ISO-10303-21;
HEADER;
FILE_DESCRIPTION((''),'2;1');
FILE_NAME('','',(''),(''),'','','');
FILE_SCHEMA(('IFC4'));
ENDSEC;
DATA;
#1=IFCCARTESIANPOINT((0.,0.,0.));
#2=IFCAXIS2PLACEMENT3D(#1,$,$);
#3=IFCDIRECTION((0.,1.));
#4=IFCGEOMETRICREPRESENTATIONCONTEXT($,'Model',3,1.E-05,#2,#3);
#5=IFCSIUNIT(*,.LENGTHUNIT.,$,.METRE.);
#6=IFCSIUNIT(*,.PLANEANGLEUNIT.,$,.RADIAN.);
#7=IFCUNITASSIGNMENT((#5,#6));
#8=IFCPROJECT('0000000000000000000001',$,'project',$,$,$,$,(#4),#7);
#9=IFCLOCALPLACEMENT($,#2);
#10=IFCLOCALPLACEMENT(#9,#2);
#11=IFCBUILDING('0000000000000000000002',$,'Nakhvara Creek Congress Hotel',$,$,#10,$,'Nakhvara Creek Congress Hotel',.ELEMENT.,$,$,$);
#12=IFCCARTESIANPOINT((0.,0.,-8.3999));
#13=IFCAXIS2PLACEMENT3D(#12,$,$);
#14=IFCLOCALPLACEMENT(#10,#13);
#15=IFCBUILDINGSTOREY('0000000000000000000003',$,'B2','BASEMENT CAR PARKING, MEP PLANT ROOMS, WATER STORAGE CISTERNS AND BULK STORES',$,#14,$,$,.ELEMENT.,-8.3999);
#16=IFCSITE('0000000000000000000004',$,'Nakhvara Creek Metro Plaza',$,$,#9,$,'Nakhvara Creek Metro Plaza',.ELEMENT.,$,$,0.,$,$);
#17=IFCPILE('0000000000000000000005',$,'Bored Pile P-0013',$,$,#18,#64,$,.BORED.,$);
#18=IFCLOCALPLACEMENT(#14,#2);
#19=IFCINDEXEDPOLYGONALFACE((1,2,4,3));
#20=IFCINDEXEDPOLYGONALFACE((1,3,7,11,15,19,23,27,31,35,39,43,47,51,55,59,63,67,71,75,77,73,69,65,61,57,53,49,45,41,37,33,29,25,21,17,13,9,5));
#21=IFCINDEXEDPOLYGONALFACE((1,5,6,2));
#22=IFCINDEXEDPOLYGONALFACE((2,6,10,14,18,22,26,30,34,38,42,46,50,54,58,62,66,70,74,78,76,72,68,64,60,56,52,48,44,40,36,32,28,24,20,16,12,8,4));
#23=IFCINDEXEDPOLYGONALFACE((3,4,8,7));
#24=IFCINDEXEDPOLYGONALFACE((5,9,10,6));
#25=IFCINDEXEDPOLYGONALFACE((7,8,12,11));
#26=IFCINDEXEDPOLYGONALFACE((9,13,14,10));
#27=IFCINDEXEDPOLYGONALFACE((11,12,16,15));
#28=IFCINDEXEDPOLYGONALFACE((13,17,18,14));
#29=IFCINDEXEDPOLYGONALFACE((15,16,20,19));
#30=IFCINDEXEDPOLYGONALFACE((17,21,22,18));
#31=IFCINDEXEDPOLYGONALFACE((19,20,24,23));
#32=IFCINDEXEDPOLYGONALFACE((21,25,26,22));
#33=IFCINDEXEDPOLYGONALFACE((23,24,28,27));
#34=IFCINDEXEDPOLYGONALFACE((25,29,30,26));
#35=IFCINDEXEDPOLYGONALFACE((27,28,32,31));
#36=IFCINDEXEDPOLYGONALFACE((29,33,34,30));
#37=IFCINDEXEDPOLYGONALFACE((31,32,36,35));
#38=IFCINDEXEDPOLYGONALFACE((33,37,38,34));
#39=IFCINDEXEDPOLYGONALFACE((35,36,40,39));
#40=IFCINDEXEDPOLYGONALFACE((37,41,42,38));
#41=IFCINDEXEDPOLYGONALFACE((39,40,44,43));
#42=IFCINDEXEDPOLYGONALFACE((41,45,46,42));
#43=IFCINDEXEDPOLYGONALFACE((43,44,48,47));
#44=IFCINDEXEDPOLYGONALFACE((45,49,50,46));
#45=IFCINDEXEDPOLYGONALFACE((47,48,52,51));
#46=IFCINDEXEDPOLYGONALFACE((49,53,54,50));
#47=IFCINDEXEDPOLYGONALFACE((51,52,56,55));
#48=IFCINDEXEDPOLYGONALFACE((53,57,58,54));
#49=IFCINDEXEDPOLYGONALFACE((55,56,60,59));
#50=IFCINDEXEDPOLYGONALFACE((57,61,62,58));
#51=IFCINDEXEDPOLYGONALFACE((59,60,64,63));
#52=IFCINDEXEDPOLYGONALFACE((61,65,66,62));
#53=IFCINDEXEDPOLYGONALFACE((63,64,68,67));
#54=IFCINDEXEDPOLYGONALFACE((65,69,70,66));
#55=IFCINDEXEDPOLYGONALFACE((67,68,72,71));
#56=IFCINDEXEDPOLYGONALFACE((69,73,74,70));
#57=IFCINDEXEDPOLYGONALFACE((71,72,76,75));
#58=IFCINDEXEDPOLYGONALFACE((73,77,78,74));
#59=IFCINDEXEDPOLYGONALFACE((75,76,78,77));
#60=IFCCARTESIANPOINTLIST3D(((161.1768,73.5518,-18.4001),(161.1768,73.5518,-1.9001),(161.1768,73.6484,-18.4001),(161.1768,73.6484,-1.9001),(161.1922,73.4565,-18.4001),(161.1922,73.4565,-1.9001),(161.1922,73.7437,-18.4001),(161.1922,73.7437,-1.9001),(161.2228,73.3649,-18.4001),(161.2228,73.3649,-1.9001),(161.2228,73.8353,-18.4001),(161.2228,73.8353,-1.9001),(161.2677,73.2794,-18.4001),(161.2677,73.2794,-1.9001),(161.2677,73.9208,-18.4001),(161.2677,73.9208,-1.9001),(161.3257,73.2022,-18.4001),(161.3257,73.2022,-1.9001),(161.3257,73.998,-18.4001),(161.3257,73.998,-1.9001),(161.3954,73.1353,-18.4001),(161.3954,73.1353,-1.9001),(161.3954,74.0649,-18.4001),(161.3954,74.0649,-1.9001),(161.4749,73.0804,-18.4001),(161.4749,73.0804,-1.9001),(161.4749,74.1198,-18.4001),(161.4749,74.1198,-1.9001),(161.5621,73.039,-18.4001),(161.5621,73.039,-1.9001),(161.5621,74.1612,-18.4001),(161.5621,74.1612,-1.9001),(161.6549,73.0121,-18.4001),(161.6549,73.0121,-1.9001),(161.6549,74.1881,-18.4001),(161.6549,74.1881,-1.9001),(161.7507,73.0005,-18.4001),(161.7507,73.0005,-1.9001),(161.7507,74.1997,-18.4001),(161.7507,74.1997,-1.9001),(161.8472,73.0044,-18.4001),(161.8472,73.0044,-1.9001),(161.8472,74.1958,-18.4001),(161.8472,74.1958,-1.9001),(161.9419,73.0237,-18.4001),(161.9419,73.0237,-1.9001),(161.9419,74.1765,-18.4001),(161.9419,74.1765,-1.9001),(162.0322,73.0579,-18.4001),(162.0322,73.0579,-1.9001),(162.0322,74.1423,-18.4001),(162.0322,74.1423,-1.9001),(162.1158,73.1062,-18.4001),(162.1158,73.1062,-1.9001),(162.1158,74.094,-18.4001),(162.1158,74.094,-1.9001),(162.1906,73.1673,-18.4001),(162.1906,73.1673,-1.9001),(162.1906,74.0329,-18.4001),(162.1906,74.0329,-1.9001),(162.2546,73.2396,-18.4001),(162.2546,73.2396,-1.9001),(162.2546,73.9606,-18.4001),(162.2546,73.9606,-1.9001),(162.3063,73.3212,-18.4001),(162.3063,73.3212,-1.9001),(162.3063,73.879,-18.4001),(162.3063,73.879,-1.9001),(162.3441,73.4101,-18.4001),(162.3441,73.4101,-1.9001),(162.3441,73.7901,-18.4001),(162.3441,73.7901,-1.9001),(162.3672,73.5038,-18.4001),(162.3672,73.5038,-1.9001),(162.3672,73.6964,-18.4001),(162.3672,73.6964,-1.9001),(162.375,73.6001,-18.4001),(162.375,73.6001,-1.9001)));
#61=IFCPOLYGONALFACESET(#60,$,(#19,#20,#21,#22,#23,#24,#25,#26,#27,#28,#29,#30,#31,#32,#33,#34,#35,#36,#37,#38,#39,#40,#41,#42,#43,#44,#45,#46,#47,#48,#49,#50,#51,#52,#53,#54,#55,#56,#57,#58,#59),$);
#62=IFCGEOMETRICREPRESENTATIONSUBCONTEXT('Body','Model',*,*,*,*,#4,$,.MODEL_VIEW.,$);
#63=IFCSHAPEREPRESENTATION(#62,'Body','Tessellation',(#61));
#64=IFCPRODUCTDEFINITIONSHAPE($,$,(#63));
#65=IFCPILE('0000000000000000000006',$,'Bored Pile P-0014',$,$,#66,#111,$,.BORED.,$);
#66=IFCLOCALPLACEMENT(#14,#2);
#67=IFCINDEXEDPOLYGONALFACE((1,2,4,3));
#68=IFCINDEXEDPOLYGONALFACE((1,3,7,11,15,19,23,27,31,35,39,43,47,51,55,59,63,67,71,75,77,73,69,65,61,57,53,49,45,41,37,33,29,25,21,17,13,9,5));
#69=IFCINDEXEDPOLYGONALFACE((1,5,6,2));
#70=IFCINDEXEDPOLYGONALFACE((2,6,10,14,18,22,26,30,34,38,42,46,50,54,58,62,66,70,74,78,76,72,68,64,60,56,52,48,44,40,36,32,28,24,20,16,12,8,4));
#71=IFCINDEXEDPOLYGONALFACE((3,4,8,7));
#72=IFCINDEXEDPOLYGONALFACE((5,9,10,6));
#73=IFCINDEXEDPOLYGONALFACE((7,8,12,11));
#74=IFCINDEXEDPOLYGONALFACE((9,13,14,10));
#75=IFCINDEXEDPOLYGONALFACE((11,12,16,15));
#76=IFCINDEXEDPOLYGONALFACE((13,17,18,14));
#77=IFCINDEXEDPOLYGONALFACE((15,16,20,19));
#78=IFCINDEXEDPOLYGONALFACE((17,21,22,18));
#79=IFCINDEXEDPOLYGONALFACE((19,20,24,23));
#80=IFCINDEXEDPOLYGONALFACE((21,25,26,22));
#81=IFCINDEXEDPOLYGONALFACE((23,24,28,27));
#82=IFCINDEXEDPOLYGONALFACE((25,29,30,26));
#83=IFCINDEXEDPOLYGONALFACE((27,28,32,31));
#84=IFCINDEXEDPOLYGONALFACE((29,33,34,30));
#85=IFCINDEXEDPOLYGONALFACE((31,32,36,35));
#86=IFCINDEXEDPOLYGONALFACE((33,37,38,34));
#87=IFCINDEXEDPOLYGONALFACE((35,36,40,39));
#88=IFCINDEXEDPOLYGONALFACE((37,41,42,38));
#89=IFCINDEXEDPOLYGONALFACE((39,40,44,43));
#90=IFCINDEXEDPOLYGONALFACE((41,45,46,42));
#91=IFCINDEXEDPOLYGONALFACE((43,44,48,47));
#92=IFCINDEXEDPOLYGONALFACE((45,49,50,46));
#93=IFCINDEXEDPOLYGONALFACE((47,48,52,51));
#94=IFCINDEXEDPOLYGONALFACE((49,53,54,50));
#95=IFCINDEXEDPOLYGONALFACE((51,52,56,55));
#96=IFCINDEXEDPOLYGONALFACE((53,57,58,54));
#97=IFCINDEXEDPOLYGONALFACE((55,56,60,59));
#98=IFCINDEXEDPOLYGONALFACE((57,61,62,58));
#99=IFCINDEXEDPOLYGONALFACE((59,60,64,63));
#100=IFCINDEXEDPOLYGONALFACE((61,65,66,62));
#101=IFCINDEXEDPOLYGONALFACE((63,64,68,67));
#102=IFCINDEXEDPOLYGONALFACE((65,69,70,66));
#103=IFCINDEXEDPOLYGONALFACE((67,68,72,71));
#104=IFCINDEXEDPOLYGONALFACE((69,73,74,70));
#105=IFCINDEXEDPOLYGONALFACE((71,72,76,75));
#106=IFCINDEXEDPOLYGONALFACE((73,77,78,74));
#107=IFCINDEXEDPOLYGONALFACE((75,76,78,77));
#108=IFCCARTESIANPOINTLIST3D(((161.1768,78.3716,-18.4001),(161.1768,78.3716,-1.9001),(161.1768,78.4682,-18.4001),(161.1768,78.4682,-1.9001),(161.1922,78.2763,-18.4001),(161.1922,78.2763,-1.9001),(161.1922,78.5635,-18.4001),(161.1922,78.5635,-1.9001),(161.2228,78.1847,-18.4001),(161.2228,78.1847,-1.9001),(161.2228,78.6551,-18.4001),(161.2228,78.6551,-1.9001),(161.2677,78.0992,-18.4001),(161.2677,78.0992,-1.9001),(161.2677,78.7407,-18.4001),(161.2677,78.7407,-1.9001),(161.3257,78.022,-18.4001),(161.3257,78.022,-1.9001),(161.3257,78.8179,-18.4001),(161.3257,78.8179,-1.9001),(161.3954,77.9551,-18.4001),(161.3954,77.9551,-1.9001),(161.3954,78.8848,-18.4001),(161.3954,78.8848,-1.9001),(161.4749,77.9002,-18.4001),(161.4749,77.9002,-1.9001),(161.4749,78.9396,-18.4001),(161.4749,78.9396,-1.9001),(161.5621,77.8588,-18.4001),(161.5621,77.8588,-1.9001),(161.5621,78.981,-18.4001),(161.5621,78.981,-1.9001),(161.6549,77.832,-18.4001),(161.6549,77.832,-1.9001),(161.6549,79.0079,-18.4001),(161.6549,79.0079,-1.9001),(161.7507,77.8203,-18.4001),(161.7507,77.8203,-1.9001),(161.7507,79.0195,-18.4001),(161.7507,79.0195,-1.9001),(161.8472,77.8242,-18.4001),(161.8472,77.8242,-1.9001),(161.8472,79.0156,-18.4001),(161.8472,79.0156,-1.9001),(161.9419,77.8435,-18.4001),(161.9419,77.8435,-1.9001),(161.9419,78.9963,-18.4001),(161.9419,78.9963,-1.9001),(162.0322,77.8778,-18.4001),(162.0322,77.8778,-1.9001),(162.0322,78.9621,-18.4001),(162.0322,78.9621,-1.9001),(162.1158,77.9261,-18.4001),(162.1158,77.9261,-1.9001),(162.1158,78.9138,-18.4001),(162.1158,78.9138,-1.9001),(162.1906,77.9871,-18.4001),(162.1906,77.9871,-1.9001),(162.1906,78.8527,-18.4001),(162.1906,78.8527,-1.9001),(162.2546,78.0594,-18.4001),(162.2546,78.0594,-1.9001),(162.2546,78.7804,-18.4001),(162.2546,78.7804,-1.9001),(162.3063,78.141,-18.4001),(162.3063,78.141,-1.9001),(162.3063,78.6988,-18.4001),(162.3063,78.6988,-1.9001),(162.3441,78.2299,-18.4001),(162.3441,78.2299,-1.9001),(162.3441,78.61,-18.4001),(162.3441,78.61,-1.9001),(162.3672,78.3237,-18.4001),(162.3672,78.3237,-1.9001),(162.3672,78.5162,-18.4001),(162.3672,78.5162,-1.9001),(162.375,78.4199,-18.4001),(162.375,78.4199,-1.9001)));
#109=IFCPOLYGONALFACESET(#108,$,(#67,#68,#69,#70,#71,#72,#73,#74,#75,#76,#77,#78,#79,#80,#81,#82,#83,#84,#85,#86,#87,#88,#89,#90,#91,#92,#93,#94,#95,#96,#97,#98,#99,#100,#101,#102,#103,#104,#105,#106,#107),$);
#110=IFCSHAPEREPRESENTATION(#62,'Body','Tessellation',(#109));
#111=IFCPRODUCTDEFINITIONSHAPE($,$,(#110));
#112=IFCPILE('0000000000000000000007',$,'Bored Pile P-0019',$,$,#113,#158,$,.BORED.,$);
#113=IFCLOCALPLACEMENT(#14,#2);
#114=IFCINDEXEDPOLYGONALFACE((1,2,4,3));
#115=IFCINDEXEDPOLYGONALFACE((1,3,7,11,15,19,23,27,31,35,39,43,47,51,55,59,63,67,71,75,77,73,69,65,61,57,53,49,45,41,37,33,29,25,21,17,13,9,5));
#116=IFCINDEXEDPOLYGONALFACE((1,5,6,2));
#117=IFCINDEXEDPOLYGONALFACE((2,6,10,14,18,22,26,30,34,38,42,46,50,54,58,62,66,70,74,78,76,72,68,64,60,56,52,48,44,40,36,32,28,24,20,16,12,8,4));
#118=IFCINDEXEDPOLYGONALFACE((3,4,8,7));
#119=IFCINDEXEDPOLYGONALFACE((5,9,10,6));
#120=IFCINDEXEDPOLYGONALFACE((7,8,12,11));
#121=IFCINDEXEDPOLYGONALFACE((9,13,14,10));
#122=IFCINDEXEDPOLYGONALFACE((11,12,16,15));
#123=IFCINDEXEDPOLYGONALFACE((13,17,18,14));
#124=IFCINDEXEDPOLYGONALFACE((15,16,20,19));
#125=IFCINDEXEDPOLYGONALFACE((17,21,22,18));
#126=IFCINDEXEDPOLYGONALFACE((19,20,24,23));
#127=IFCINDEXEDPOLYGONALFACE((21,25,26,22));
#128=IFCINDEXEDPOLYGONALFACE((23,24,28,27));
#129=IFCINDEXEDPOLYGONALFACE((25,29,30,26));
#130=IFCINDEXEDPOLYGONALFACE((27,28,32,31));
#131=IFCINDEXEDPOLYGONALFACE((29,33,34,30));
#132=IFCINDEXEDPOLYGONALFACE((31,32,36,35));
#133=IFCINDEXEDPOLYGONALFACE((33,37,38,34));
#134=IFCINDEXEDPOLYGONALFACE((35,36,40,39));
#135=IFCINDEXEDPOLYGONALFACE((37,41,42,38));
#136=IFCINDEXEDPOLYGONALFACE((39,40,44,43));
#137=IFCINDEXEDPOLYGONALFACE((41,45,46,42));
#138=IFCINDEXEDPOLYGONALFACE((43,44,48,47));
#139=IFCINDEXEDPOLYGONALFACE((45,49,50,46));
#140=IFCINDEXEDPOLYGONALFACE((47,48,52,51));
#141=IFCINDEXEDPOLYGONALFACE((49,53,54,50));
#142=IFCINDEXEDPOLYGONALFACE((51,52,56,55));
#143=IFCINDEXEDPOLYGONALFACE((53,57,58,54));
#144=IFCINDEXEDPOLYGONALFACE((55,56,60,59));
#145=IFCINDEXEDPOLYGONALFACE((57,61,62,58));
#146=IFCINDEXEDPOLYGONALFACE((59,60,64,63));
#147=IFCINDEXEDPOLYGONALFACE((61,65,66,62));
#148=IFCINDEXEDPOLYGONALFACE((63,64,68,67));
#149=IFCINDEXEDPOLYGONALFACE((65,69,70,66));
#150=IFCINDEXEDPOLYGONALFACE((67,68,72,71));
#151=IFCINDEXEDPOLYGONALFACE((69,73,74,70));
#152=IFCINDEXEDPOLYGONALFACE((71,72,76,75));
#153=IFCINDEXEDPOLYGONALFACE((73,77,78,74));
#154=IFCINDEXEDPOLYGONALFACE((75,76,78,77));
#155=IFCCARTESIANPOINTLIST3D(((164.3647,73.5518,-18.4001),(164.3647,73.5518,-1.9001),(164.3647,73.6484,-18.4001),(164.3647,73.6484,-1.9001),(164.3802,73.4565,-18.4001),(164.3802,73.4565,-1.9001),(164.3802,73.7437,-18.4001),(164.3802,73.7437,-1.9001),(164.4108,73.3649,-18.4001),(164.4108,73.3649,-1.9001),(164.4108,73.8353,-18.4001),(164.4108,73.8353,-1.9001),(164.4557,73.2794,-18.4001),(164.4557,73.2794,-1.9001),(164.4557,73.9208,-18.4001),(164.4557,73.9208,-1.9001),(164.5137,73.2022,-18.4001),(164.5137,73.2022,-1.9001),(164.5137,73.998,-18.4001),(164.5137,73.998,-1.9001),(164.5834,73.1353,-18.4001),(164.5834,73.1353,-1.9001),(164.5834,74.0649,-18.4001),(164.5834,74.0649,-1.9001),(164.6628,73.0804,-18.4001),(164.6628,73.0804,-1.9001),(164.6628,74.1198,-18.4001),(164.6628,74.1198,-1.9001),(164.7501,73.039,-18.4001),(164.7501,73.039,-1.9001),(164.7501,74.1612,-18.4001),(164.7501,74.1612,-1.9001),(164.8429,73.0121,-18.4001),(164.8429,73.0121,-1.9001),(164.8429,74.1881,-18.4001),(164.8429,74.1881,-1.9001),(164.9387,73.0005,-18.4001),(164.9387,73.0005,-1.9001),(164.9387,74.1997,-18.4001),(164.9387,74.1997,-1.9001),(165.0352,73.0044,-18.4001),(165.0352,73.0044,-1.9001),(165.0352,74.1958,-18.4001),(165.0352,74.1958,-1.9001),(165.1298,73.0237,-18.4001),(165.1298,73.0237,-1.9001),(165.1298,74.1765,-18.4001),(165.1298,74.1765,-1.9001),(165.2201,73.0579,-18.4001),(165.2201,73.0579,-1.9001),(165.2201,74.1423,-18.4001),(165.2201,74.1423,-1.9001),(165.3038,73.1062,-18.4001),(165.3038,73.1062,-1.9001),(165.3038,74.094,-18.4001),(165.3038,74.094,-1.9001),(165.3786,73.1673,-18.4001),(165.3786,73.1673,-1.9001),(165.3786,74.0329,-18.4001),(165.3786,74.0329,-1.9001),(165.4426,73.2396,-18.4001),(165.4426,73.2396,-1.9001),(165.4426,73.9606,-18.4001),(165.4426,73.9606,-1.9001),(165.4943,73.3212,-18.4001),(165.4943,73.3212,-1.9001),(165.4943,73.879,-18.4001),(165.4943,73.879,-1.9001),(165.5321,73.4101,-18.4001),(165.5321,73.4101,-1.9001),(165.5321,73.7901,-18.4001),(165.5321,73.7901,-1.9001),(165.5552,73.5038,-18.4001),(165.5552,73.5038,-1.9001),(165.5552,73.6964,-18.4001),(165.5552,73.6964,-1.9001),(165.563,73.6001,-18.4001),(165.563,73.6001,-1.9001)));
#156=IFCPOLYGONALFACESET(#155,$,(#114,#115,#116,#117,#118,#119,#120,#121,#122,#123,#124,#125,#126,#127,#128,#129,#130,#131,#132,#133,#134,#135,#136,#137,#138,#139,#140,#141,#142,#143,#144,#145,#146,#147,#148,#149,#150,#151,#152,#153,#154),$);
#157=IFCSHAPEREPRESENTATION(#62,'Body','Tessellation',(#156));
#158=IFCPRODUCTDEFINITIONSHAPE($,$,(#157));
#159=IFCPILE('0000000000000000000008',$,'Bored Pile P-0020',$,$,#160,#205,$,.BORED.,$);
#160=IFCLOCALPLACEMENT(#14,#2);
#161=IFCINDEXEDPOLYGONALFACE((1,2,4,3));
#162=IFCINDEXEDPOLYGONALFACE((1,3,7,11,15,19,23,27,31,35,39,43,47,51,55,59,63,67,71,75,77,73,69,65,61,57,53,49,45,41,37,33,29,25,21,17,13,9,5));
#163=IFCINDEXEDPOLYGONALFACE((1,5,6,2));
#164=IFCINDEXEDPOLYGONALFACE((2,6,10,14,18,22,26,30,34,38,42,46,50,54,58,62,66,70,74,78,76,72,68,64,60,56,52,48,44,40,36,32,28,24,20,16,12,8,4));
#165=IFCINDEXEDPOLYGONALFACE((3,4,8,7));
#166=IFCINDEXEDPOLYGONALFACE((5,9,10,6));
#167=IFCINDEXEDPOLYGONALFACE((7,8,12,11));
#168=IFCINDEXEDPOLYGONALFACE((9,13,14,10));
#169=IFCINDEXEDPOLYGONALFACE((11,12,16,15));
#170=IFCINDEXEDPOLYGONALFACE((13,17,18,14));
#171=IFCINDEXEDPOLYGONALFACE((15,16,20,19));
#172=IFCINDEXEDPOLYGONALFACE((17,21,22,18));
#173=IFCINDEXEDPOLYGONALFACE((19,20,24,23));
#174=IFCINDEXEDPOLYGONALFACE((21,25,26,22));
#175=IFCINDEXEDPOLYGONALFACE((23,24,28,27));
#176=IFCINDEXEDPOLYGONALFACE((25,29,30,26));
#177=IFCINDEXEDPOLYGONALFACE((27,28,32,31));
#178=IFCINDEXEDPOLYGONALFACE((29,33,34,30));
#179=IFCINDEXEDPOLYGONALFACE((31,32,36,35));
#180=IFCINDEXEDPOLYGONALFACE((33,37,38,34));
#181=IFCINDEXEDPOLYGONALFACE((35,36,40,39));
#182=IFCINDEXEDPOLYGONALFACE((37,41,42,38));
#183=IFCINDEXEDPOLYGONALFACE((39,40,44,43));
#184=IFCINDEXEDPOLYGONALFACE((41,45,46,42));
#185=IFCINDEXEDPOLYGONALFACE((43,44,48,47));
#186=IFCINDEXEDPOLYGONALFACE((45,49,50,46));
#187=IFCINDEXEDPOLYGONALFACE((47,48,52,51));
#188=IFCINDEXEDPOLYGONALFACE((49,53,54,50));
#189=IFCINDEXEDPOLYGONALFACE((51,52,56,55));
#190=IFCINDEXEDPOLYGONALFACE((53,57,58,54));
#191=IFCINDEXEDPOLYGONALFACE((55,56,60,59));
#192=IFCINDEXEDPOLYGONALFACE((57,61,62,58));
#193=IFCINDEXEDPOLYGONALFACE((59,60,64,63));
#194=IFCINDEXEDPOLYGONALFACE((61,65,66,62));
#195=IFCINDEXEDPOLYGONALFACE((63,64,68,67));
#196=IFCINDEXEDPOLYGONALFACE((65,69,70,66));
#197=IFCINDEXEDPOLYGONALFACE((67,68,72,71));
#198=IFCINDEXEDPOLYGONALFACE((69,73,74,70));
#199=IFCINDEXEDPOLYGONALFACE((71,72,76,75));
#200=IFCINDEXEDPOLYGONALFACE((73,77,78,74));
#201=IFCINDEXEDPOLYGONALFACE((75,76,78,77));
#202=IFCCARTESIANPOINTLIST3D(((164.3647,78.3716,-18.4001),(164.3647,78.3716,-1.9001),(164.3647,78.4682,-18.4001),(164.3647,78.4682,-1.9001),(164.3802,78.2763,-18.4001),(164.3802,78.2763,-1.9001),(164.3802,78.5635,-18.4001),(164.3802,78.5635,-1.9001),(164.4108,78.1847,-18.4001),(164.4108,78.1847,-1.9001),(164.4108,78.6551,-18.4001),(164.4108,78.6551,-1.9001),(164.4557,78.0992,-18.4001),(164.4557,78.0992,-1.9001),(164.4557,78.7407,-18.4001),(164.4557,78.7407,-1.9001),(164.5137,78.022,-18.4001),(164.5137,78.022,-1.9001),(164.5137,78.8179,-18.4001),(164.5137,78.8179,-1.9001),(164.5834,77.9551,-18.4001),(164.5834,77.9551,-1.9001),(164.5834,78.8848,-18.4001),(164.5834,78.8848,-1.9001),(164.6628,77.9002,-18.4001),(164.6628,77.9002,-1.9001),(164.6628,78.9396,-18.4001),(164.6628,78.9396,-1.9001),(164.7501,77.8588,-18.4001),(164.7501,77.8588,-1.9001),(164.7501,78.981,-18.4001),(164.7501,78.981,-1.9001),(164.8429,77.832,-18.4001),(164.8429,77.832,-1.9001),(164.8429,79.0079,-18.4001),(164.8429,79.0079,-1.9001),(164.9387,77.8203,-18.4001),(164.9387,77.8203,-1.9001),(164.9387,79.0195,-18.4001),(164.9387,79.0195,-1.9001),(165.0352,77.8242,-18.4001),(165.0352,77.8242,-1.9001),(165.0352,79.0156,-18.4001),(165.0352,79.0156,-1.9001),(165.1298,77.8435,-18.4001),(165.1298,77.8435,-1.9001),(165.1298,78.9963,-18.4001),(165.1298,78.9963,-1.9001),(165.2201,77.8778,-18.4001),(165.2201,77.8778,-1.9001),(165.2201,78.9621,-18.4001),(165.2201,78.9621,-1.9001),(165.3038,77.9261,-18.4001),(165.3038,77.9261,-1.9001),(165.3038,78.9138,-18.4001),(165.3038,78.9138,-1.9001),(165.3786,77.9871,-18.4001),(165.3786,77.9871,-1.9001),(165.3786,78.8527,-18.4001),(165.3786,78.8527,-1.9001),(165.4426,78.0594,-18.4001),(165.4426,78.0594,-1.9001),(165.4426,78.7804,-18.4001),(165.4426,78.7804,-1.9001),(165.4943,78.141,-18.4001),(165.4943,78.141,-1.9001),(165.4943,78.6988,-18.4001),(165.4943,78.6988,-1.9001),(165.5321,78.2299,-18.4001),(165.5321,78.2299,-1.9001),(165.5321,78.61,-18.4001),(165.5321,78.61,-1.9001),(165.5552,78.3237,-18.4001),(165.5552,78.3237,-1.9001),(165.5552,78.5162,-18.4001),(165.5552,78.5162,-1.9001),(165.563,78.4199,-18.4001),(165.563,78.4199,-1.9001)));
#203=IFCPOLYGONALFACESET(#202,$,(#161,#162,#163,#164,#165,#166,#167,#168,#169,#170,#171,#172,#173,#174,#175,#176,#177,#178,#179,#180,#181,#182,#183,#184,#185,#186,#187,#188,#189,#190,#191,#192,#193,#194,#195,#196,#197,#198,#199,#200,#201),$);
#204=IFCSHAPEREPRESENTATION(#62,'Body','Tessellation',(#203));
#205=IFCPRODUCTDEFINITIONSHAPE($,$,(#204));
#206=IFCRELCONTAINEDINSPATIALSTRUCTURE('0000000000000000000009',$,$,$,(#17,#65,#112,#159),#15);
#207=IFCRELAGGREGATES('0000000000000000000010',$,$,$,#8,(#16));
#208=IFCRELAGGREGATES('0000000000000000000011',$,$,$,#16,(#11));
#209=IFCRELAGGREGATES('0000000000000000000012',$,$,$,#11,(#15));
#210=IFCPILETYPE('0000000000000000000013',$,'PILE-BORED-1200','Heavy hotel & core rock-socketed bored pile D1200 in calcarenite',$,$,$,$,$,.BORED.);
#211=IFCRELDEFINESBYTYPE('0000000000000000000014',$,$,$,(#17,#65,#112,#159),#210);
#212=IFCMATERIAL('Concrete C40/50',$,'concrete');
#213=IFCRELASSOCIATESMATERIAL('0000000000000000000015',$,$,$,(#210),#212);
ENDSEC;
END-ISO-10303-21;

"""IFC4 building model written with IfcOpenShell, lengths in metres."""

from ifc_helpers import new_model, si_unit, direction, frame, origin, origin_2d, place, context, subcontext, project, spatial, circle, extrude, material, material_profile, profile_set, type_object, element, save


model = new_model("IFC4")

# Units and contexts
model_context = context("Model", 3, precision=1e-05, world=origin(), true_north=direction((0.0, 1.0)))
body_context = subcontext(model_context, "Body", "Model", "MODEL_VIEW")
ifc_project = project(units=[si_unit("LENGTHUNIT", "METRE"), si_unit("PLANEANGLEUNIT", "RADIAN")], contexts=[model_context])

# Site, building, storey
site_placement = place(None, origin())
site = spatial("IfcSite", under=ifc_project, at=site_placement, Name="Nakhvara Creek Metro Plaza", LongName="Nakhvara Creek Metro Plaza", CompositionType="ELEMENT", RefElevation=0.0)
building_placement = place(site_placement, origin())
building = spatial("IfcBuilding", under=site, at=building_placement, Name="Nakhvara Creek Congress Hotel", LongName="Nakhvara Creek Congress Hotel", CompositionType="ELEMENT")
storey_placement = place(building_placement, frame((0.0, 0.0, -8.3999)))
storey = spatial("IfcBuildingStorey", under=building, at=storey_placement, Name="B2", Description="BASEMENT CAR PARKING, MEP PLANT ROOMS, WATER STORAGE CISTERNS AND BULK STORES", CompositionType="ELEMENT", Elevation=-8.3999)

# Piles
ifc_material_1 = material(Name="Concrete C40/50", Category="concrete")
ifc_material_profile_1 = material_profile(ifc_material_1, circle(Radius=0.6001, at=origin_2d()), Name="BORED PILE D1200", Category="LoadBearing")
ifc_profile_set_1 = profile_set([ifc_material_profile_1], Name="Concrete C40/50")
pile_type = type_object("IfcPileType", Name="PILE-BORED-1200", Description="Heavy hotel & core rock-socketed bored pile D1200 in calcarenite", PredefinedType="BORED", material=ifc_profile_set_1)
for number, where, z_axis, x_axis, name in (
    (1, (161.7749, 73.6001, -1.9001), (0.0, 0.0, -1.0), (1.0, 0.0, 0.0), "Bored Pile P-0013"),
    (2, (161.7749, 78.4199, -1.9001), (0.0, 0.0, -1.0), (1.0, 0.0, 0.0), "Bored Pile P-0014"),
    (3, (164.9629, 73.6001, -1.9001), (0.0, 0.0, -1.0), (1.0, 0.0, 0.0), "Bored Pile P-0019"),
    (4, (164.9629, 78.4199, -1.9001), (0.0, 0.0, -1.0), (1.0, 0.0, 0.0), "Bored Pile P-0020"),
):
    element("IfcPile", number, at=place(storey_placement, frame(where, z_axis=z_axis, x_axis=x_axis)), inside=storey, type_object=pile_type, Name=name, PredefinedType="BORED", context=body_context, shape_type="SweptSolid", body=[
        extrude(circle(Radius=0.6001, at=origin_2d()), origin(), (0.0, 0.0, 1.0), 16.5),
    ])

save(model, "model.ifc")
